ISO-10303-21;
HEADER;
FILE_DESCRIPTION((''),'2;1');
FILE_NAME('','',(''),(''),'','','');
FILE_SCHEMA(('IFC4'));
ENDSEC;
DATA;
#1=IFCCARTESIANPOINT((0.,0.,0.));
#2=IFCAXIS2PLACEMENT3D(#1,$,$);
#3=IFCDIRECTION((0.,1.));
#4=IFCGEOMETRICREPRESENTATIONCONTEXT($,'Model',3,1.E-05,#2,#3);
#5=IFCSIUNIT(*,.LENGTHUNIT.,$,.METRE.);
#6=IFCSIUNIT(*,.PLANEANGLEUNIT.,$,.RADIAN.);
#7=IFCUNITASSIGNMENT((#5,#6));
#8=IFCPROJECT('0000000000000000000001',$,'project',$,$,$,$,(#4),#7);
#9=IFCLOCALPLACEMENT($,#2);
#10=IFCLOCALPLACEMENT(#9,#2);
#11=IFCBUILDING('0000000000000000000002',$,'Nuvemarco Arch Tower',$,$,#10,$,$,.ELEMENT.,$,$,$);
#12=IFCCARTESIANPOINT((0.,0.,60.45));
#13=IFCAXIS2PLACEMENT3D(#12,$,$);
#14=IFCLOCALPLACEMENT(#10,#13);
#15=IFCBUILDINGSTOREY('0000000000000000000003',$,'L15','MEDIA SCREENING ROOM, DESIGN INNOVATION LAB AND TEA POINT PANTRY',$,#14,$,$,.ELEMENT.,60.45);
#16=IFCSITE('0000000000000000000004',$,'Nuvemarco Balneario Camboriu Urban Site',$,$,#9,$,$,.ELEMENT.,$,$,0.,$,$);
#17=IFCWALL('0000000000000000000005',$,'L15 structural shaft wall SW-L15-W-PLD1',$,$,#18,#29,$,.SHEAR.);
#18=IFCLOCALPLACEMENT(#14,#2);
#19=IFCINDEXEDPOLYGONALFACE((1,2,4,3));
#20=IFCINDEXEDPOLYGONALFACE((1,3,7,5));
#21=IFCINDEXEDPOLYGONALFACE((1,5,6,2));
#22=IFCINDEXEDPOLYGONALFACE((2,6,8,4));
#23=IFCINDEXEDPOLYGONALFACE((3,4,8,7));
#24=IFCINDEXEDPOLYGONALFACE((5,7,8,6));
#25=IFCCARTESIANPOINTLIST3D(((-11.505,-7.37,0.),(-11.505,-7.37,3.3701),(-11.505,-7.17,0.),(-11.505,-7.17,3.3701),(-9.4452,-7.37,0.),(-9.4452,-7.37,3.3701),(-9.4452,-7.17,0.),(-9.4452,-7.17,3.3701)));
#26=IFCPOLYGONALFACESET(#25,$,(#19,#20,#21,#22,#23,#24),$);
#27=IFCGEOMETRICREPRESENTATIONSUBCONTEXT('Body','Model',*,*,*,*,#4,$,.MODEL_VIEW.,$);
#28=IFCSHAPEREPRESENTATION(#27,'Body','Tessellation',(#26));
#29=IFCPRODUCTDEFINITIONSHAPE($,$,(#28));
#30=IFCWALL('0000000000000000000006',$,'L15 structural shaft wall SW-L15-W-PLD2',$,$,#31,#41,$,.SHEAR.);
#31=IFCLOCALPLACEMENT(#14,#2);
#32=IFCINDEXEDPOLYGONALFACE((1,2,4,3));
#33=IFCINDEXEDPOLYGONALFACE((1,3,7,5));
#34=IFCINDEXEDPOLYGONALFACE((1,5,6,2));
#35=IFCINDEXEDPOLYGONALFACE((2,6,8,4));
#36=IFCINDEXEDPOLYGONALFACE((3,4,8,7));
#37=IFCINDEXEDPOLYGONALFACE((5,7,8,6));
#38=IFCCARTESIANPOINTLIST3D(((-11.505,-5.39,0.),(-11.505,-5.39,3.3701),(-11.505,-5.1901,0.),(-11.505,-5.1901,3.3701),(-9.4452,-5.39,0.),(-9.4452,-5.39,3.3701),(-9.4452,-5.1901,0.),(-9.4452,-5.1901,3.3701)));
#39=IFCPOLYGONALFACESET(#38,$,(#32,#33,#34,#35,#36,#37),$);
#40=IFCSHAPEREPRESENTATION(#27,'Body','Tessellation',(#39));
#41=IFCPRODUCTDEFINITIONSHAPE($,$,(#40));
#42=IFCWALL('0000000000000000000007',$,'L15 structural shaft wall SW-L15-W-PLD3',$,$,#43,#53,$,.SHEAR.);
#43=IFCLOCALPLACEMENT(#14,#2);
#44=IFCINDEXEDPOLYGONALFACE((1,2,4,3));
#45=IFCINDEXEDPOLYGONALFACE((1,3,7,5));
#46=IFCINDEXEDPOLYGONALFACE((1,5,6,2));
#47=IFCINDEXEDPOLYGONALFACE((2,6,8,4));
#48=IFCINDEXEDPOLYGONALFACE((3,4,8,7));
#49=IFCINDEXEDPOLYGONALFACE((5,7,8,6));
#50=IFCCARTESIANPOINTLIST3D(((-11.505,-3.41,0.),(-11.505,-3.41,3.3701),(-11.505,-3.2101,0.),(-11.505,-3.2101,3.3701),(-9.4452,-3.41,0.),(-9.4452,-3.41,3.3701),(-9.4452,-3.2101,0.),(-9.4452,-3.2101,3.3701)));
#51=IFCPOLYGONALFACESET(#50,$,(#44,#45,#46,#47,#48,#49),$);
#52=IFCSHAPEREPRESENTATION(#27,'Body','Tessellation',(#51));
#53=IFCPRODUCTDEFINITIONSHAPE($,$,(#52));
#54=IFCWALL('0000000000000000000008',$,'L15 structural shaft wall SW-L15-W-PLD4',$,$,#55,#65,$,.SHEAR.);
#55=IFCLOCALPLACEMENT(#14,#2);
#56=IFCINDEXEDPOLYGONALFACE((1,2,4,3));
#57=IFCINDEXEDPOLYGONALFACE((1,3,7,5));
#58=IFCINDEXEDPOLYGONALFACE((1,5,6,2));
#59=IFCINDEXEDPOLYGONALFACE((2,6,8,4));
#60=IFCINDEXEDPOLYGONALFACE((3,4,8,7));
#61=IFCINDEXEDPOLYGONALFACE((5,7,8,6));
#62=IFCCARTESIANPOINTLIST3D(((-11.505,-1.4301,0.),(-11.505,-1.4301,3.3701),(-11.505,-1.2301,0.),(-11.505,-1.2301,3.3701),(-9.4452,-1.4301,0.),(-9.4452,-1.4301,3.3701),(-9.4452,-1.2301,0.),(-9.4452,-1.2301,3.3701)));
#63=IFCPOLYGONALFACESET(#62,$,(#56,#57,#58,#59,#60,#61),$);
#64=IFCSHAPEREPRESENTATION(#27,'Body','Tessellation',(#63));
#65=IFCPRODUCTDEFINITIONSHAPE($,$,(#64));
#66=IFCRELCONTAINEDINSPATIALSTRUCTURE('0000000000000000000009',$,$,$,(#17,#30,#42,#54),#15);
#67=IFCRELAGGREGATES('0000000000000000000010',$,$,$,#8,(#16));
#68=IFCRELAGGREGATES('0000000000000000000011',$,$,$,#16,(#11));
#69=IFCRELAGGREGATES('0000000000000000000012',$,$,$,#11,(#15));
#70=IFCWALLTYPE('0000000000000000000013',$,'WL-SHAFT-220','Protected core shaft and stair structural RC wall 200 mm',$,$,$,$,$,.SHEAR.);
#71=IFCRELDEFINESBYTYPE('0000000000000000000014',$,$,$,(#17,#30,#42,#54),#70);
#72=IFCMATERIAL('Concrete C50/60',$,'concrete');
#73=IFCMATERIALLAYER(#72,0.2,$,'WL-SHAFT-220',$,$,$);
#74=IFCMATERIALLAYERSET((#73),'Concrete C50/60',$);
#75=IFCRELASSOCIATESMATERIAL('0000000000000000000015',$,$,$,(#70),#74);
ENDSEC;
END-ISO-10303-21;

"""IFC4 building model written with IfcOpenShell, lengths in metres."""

from ifc_helpers import new_model, si_unit, direction, frame, frame_2d, origin, place, context, subcontext, project, spatial, rectangle, extrude, material, layer, layer_set, type_object, element, save


model = new_model("IFC4")

# Units and contexts
model_context = context("Model", 3, precision=1e-05, world=origin(), true_north=direction((0.0, 1.0)))
body_context = subcontext(model_context, "Body", "Model", "MODEL_VIEW")
ifc_project = project(units=[si_unit("LENGTHUNIT", "METRE"), si_unit("PLANEANGLEUNIT", "RADIAN")], contexts=[model_context])

# Site, building, storey
site_placement = place(None, origin())
site = spatial("IfcSite", under=ifc_project, at=site_placement, Name="Nuvemarco Balneario Camboriu Urban Site", CompositionType="ELEMENT", RefElevation=0.0)
building_placement = place(site_placement, origin())
building = spatial("IfcBuilding", under=site, at=building_placement, Name="Nuvemarco Arch Tower", CompositionType="ELEMENT")
storey_placement = place(building_placement, frame((0.0, 0.0, 60.45)))
storey = spatial("IfcBuildingStorey", under=building, at=storey_placement, Name="L15", Description="MEDIA SCREENING ROOM, DESIGN INNOVATION LAB AND TEA POINT PANTRY", CompositionType="ELEMENT", Elevation=60.45)

# Shared definitions
ifc_material_1 = material(Name="Concrete C50/60", Category="concrete")
ifc_layer_1 = layer(ifc_material_1, 0.2, Name="WL-SHAFT-220")
ifc_layer_set_1 = layer_set([ifc_layer_1], Name="Concrete C50/60")
wall_type_1 = type_object("IfcWallType", Name="WL-SHAFT-220", Description="Protected core shaft and stair structural RC wall 200 mm", PredefinedType="SHEAR", material=ifc_layer_set_1)

# Walls
for number, where, z_axis, x_axis, name in (
    (1, (-11.5049, -7.27, 0.0), (0.0, 0.0, 1.0), (1.0, 0.0, 0.0), "L15 structural shaft wall SW-L15-W-PLD1"),
    (2, (-11.5049, -5.29, 0.0), (0.0, 0.0, 1.0), (1.0, 0.0, 0.0), "L15 structural shaft wall SW-L15-W-PLD2"),
    (3, (-11.5049, -3.3101, 0.0), (0.0, 0.0, 1.0), (1.0, 0.0, 0.0), "L15 structural shaft wall SW-L15-W-PLD3"),
    (4, (-11.5049, -1.3301, 0.0), (0.0, 0.0, 1.0), (1.0, 0.0, 0.0), "L15 structural shaft wall SW-L15-W-PLD4"),
):
    element("IfcWall", number, at=place(storey_placement, frame(where, z_axis=z_axis, x_axis=x_axis)), inside=storey, type_object=wall_type_1, Name=name, PredefinedType="SHEAR", context=body_context, shape_type="SweptSolid", body=[
        extrude(rectangle(XDim=2.0598, YDim=0.2, at=frame_2d((1.0298, 0.0))), origin(), (0.0, 0.0, 1.0), 3.3701),
    ])

save(model, "model.ifc")
